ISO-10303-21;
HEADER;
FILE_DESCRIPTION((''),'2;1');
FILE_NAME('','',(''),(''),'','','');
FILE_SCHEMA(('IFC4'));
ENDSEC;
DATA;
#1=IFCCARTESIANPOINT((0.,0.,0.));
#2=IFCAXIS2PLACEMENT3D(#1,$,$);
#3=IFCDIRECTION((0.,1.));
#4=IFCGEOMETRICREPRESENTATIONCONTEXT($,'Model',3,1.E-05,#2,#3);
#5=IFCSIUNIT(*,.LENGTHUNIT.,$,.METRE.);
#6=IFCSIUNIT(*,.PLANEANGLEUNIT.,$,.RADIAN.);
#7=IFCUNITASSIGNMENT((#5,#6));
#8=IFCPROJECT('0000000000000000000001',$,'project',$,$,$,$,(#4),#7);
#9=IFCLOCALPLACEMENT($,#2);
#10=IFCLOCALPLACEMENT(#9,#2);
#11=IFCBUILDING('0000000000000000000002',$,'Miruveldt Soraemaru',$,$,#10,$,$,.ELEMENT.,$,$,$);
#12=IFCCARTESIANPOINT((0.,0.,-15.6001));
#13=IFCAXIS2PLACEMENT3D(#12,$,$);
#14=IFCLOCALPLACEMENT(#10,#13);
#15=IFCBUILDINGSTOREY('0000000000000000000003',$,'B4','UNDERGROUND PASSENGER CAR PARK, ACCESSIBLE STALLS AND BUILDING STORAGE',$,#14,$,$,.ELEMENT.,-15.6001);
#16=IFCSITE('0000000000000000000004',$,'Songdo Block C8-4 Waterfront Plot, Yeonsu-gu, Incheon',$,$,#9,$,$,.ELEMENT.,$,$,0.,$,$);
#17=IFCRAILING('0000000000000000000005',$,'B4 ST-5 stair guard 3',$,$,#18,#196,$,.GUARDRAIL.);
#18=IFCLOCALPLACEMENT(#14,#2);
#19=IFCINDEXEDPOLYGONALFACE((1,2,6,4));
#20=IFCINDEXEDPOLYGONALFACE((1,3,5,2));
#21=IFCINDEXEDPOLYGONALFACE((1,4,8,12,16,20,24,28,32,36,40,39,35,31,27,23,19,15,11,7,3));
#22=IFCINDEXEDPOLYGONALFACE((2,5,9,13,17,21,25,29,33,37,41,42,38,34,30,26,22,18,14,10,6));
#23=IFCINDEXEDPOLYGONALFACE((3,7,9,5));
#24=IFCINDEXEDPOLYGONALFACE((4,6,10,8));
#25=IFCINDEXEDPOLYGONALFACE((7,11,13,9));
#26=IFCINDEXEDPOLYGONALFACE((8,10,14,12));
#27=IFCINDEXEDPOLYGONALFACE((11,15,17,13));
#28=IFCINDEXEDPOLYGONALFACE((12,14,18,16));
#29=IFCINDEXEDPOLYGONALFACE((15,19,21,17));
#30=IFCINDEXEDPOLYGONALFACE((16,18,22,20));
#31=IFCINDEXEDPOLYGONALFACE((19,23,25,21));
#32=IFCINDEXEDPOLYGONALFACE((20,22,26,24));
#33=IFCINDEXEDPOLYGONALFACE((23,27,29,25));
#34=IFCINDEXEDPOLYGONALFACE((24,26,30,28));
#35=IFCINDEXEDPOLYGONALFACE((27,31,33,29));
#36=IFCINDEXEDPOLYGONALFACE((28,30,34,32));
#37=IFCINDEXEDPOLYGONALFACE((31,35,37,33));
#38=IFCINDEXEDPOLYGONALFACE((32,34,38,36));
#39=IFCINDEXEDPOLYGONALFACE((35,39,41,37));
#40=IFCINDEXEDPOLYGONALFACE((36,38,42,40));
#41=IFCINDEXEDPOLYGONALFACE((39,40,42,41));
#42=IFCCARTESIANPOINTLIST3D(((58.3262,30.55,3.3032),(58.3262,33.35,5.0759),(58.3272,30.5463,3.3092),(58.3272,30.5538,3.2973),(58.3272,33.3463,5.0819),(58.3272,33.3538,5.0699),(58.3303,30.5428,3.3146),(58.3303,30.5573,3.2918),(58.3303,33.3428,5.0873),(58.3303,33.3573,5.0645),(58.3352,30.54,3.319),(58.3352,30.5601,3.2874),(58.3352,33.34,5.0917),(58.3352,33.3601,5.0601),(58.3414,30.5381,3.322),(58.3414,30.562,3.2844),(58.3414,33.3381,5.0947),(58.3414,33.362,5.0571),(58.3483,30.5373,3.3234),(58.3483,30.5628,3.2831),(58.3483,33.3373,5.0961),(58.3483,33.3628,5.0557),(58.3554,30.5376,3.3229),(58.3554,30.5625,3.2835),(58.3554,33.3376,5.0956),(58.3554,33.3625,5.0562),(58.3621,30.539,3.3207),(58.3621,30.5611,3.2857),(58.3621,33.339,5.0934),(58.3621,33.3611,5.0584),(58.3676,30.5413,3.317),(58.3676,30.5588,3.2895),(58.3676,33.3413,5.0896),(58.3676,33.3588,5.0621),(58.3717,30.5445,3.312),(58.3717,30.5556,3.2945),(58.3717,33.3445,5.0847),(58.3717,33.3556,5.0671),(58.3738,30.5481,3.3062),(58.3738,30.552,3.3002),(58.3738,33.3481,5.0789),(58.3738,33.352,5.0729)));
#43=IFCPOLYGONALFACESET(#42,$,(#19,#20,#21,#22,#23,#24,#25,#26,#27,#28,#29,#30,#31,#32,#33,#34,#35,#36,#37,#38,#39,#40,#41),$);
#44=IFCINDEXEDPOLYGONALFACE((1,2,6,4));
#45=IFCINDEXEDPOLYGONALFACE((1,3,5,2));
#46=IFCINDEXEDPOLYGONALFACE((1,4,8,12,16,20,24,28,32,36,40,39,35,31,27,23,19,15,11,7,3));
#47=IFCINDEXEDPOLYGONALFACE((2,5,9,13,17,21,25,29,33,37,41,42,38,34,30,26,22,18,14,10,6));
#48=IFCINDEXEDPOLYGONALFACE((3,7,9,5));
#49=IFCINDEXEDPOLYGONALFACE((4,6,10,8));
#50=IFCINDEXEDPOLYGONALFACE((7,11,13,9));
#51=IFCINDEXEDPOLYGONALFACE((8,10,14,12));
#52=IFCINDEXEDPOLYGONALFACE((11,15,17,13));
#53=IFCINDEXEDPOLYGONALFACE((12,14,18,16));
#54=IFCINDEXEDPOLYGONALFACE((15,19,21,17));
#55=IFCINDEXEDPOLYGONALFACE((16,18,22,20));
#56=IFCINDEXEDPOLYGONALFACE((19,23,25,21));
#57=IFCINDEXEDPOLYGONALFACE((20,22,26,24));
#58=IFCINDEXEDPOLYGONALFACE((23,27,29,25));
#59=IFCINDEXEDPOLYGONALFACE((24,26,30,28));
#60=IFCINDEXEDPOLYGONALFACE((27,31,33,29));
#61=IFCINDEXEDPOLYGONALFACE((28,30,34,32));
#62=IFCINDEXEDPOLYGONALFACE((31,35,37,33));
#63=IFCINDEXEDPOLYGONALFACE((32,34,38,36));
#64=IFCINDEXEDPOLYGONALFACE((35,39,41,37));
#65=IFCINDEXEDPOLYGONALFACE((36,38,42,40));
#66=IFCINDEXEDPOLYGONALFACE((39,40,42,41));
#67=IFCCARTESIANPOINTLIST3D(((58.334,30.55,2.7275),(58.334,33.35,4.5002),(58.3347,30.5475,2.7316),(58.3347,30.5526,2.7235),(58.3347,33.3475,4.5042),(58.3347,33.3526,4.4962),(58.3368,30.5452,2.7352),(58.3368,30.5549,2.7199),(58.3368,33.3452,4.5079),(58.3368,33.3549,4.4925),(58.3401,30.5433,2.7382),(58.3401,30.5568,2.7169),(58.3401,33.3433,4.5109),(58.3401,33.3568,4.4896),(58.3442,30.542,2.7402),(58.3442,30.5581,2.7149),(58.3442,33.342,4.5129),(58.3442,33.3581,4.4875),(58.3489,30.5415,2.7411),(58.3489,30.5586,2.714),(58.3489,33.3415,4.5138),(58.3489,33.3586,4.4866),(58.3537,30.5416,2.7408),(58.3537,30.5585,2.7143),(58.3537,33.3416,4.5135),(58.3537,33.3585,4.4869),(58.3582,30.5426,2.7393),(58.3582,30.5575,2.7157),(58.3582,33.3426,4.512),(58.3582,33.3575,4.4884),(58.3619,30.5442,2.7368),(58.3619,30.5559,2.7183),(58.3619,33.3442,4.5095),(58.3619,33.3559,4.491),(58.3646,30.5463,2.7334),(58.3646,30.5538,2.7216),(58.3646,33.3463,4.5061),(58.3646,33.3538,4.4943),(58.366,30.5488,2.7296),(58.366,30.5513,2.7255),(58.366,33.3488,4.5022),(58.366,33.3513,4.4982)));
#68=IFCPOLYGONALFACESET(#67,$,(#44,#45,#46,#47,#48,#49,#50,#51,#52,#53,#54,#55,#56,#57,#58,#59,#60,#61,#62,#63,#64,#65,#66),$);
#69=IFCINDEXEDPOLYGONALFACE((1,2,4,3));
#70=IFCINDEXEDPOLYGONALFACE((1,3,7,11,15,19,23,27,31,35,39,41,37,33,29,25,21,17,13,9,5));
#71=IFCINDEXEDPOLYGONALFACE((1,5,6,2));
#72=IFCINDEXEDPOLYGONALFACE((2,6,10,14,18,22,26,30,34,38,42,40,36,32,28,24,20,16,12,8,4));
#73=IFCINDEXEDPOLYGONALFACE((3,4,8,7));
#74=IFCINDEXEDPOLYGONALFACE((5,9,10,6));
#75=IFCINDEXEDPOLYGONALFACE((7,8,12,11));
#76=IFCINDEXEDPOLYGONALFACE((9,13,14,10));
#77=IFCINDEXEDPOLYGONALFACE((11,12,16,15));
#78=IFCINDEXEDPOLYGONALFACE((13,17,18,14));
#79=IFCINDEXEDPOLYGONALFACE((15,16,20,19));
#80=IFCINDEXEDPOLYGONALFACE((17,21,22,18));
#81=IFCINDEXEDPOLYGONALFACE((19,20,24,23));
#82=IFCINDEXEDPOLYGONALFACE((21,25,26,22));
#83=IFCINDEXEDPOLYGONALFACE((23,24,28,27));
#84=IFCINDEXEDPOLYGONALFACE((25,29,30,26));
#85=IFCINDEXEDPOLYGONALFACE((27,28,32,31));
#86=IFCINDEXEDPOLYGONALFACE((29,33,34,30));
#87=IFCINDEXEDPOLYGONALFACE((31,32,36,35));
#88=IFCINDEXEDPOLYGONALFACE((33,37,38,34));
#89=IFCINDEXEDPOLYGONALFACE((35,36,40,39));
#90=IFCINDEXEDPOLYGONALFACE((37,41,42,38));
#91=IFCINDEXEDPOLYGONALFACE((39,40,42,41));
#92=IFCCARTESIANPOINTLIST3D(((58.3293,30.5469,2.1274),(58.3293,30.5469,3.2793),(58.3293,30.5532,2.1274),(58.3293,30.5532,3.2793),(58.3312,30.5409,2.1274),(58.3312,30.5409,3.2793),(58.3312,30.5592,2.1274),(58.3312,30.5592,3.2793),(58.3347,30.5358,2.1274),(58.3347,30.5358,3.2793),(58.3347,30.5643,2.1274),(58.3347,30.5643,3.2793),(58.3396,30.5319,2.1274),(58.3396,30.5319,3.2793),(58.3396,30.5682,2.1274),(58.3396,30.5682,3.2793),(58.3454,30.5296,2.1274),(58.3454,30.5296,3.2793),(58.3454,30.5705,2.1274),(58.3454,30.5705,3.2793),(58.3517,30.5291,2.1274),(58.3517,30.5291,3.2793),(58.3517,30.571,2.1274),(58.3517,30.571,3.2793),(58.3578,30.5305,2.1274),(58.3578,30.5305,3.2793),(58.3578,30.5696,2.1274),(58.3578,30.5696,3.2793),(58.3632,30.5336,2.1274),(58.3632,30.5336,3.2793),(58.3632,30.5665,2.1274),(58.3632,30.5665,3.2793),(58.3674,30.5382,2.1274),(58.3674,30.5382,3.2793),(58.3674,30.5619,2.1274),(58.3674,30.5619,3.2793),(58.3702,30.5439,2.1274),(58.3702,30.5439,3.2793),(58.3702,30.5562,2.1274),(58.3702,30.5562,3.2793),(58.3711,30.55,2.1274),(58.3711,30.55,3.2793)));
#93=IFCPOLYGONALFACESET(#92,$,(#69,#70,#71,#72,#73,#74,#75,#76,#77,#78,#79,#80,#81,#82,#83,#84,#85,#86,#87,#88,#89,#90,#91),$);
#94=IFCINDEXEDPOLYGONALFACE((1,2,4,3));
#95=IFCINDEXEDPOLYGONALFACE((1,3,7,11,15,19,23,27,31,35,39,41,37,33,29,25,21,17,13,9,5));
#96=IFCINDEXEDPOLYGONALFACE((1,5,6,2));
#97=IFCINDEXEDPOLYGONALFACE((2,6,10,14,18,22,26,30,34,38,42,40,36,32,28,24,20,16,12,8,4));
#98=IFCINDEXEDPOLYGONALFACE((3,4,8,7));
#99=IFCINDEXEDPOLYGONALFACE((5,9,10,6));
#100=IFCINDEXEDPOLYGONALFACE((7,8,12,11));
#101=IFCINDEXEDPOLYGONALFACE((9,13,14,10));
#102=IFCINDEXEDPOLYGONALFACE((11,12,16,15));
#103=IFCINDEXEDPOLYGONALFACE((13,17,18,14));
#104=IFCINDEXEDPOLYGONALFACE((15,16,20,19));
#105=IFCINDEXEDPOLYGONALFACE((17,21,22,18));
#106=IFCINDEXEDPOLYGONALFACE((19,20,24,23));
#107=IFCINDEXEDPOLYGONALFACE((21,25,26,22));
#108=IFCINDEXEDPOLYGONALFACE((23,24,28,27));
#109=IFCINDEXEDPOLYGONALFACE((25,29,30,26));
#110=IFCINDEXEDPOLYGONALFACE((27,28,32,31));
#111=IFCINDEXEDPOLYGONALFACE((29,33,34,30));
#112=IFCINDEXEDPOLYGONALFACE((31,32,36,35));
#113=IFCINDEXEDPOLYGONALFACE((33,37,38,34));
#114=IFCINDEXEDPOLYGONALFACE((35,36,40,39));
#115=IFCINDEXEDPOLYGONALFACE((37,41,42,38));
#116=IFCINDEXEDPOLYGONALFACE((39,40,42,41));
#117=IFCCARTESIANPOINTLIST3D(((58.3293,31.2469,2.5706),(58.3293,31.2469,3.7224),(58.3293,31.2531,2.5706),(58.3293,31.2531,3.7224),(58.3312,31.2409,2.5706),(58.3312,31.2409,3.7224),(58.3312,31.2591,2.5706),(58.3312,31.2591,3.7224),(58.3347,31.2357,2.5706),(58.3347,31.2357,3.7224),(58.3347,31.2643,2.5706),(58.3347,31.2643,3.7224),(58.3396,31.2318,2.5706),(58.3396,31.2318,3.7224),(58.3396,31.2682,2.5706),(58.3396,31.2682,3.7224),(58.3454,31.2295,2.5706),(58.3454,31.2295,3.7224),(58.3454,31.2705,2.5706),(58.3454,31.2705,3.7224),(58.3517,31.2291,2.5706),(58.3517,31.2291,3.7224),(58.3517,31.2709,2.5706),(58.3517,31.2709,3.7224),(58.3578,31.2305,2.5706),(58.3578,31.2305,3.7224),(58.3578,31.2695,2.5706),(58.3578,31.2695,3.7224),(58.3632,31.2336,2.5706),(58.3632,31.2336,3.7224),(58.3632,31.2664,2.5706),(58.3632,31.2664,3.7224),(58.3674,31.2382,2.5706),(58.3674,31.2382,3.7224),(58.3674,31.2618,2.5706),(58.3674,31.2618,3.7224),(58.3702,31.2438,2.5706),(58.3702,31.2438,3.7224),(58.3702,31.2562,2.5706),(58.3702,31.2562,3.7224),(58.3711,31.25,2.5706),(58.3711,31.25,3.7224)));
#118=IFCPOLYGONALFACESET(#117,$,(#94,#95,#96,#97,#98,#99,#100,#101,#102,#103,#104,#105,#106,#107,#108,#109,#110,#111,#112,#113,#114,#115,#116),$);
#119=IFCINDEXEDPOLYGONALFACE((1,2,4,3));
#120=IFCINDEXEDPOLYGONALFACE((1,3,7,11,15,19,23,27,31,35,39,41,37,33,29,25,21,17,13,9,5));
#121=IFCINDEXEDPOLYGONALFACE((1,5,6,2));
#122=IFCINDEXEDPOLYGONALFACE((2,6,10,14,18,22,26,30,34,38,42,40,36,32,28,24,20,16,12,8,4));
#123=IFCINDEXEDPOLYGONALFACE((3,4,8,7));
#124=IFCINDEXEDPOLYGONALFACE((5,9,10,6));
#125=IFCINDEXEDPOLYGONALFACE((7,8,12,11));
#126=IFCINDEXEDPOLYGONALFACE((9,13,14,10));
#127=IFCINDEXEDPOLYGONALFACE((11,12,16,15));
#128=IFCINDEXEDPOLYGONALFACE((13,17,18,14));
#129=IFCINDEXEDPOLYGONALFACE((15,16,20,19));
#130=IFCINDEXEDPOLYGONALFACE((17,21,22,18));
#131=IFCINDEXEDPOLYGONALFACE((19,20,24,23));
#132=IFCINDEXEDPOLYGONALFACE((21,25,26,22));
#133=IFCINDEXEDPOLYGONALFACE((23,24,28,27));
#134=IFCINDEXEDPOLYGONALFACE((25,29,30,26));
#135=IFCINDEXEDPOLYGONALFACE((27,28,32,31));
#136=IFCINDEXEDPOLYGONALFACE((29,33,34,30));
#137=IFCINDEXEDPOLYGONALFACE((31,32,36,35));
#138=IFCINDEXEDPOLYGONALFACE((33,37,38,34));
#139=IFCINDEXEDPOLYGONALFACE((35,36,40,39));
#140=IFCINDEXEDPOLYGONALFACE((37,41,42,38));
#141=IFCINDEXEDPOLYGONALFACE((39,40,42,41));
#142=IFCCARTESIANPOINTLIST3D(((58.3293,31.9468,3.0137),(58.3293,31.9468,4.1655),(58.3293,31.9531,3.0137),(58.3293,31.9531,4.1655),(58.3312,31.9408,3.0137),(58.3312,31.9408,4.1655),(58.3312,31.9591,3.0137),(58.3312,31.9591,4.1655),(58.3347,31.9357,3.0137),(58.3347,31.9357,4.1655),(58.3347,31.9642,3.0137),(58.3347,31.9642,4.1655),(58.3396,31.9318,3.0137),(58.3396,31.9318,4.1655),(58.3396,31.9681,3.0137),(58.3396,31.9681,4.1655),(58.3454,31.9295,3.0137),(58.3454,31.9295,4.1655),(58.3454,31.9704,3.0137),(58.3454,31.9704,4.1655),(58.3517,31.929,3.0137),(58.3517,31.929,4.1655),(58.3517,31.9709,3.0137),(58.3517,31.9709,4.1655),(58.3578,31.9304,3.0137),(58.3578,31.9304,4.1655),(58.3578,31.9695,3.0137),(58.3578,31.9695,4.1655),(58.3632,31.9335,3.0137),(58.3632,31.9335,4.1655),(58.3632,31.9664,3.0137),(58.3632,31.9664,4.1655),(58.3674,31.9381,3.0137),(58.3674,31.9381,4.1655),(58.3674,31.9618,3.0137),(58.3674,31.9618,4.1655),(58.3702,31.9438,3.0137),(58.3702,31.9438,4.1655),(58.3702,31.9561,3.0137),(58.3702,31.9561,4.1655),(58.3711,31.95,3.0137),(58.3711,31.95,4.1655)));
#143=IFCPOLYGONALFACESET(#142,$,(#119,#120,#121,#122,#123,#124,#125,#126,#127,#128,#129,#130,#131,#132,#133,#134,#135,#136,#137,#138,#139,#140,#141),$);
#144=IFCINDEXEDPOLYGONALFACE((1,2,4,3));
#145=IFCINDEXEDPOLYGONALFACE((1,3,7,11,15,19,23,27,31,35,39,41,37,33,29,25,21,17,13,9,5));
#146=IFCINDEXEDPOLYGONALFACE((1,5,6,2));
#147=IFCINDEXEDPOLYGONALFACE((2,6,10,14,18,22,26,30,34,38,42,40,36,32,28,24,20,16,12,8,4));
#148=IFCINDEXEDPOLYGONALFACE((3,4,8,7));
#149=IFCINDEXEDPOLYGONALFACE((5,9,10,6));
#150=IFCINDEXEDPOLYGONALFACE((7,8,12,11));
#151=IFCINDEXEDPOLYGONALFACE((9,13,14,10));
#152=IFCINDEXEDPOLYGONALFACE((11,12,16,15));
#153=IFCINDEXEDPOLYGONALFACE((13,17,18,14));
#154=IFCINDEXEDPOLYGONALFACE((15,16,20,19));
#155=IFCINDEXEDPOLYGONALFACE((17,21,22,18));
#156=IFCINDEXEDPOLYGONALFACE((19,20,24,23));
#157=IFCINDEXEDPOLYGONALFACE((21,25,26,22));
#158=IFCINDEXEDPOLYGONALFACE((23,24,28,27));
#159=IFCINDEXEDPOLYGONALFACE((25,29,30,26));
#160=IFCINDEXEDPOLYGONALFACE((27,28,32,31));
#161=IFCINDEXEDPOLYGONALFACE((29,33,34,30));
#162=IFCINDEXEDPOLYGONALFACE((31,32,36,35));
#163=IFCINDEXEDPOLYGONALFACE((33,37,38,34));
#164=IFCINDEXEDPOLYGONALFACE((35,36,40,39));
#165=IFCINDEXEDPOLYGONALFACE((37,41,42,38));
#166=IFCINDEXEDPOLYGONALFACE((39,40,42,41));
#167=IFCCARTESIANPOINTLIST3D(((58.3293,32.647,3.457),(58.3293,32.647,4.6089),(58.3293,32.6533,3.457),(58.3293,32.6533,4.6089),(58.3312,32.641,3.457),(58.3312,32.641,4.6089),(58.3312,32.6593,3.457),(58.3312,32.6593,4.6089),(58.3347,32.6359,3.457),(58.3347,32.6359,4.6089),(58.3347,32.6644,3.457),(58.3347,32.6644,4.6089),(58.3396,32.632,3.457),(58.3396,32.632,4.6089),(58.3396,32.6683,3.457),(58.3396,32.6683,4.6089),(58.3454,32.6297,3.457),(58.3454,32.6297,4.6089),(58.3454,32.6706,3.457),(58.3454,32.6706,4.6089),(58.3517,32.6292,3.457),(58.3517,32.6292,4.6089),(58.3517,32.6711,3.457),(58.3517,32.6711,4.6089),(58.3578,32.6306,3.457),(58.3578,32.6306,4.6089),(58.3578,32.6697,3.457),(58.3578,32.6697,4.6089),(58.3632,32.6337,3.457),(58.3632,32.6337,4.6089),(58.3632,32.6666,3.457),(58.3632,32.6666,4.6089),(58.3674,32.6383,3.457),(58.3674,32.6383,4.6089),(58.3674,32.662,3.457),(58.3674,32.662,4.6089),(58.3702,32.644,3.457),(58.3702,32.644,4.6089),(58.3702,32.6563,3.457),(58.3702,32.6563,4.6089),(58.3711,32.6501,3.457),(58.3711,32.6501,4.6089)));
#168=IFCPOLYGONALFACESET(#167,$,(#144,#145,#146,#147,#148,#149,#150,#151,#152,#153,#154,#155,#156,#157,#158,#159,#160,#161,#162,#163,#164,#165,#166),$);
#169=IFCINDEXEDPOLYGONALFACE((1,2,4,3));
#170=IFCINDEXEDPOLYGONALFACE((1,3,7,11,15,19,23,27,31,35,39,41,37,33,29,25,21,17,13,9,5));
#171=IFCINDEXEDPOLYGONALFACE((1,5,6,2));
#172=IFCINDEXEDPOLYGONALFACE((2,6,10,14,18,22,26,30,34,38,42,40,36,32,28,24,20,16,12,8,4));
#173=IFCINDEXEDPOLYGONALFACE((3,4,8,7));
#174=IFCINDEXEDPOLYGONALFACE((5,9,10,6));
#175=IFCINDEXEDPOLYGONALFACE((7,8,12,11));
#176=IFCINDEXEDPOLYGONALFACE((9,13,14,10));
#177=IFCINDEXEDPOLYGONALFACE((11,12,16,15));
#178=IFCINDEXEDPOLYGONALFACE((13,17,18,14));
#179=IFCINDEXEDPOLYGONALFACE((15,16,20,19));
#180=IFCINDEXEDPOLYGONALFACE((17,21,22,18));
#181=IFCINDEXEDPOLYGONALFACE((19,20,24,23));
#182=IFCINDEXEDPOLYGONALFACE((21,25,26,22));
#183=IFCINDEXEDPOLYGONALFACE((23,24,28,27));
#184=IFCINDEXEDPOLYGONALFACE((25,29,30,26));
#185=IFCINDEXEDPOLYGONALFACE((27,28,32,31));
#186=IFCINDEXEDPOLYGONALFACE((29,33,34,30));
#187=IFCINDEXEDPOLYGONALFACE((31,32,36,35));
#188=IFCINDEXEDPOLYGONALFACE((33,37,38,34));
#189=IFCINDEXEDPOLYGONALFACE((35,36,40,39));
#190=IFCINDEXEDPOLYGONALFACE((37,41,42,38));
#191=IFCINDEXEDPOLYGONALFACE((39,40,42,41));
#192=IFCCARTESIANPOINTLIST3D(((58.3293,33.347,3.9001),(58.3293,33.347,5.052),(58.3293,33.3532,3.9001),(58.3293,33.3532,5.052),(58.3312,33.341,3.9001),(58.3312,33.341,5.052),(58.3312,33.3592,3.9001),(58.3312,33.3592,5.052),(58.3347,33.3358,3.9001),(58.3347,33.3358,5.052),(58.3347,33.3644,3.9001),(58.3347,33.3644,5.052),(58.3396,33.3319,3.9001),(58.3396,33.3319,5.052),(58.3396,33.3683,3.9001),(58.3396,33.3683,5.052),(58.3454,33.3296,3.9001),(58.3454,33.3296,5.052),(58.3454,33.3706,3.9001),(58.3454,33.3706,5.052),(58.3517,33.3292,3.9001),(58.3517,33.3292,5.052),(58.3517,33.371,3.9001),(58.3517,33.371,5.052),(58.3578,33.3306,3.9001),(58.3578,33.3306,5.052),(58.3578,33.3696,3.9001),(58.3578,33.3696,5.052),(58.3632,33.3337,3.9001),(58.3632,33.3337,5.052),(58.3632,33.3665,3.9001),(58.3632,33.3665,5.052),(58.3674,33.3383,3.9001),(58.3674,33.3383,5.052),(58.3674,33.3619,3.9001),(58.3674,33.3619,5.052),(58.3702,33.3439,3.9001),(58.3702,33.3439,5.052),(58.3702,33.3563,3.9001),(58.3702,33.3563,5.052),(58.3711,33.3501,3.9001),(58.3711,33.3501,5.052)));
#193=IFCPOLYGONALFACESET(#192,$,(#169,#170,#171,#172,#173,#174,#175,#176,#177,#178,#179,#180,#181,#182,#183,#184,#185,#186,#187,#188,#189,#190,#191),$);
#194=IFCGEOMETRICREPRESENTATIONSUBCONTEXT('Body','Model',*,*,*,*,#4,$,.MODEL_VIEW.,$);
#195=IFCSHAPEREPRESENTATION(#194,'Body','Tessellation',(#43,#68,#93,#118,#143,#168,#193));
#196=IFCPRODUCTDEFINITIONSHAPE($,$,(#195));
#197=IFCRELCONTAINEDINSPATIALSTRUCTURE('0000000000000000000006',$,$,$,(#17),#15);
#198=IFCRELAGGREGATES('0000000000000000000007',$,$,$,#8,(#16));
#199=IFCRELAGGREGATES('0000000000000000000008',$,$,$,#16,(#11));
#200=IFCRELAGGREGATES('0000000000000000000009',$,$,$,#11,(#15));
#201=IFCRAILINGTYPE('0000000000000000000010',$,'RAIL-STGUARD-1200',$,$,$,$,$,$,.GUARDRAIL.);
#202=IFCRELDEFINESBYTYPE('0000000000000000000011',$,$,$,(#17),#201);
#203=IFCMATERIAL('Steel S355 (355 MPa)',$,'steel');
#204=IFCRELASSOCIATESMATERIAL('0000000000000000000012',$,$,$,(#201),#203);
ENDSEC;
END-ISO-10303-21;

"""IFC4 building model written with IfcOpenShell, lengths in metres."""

from ifc_helpers import new_model, si_unit, direction, frame, origin, origin_2d, place, context, subcontext, project, spatial, circle, extrude, material, type_object, element, save


model = new_model("IFC4")

# Units and contexts
model_context = context("Model", 3, precision=1e-05, world=origin(), true_north=direction((0.0, 1.0)))
body_context = subcontext(model_context, "Body", "Model", "MODEL_VIEW")
ifc_project = project(units=[si_unit("LENGTHUNIT", "METRE"), si_unit("PLANEANGLEUNIT", "RADIAN")], contexts=[model_context])

# Site, building, storey
site_placement = place(None, origin())
site = spatial("IfcSite", under=ifc_project, at=site_placement, Name="Songdo Block C8-4 Waterfront Plot, Yeonsu-gu, Incheon", CompositionType="ELEMENT", RefElevation=0.0)
building_placement = place(site_placement, origin())
building = spatial("IfcBuilding", under=site, at=building_placement, Name="Miruveldt Soraemaru", CompositionType="ELEMENT")
storey_placement = place(building_placement, frame((0.0, 0.0, -15.6001)))
storey = spatial("IfcBuildingStorey", under=building, at=storey_placement, Name="B4", Description="UNDERGROUND PASSENGER CAR PARK, ACCESSIBLE STALLS AND BUILDING STORAGE", CompositionType="ELEMENT", Elevation=-15.6001)

# Shared definitions
ifc_material_1 = material(Name="Steel S355 (355 MPa)", Category="steel")

# Railing
railing_type_1 = type_object("IfcRailingType", Name="RAIL-STGUARD-1200", PredefinedType="GUARDRAIL", material=ifc_material_1)
railing_1_placement = place(storey_placement, frame((58.3501, 30.55, 2.1274)))
element("IfcRailing", 1, at=railing_1_placement, inside=storey, type_object=railing_type_1, Name="B4 ST-5 stair guard 3", PredefinedType="GUARDRAIL", context=body_context, shape_type="SweptSolid", body=[
    extrude(circle(Radius=0.0239, at=origin_2d()), frame((0.0, 0.0, 1.1758), z_axis=(0.0, 0.844909, 0.53491), x_axis=(-1.0, 0.0, 0.0)), (0.0, 0.0, 1.0), 3.314),
    extrude(circle(Radius=0.0161, at=origin_2d()), frame((0.0, 0.0, 0.6001), z_axis=(0.0, 0.844909, 0.53491), x_axis=(-1.0, 0.0, 0.0)), (0.0, 0.0, 1.0), 3.314),
    extrude(circle(Radius=0.021, at=origin_2d()), origin(), (0.0, 0.0, 1.0), 1.1519),
    extrude(circle(Radius=0.021, at=origin_2d()), frame((0.0, 0.7, 0.4431)), (0.0, 0.0, 1.0), 1.1519),
    extrude(circle(Radius=0.021, at=origin_2d()), frame((0.0, 1.3999, 0.8862)), (0.0, 0.0, 1.0), 1.1519),
    extrude(circle(Radius=0.021, at=origin_2d()), frame((0.0, 2.1001, 1.3296)), (0.0, 0.0, 1.0), 1.1519),
    extrude(circle(Radius=0.021, at=origin_2d()), frame((0.0, 2.8, 1.7727)), (0.0, 0.0, 1.0), 1.1519),
])

save(model, "model.ifc")
